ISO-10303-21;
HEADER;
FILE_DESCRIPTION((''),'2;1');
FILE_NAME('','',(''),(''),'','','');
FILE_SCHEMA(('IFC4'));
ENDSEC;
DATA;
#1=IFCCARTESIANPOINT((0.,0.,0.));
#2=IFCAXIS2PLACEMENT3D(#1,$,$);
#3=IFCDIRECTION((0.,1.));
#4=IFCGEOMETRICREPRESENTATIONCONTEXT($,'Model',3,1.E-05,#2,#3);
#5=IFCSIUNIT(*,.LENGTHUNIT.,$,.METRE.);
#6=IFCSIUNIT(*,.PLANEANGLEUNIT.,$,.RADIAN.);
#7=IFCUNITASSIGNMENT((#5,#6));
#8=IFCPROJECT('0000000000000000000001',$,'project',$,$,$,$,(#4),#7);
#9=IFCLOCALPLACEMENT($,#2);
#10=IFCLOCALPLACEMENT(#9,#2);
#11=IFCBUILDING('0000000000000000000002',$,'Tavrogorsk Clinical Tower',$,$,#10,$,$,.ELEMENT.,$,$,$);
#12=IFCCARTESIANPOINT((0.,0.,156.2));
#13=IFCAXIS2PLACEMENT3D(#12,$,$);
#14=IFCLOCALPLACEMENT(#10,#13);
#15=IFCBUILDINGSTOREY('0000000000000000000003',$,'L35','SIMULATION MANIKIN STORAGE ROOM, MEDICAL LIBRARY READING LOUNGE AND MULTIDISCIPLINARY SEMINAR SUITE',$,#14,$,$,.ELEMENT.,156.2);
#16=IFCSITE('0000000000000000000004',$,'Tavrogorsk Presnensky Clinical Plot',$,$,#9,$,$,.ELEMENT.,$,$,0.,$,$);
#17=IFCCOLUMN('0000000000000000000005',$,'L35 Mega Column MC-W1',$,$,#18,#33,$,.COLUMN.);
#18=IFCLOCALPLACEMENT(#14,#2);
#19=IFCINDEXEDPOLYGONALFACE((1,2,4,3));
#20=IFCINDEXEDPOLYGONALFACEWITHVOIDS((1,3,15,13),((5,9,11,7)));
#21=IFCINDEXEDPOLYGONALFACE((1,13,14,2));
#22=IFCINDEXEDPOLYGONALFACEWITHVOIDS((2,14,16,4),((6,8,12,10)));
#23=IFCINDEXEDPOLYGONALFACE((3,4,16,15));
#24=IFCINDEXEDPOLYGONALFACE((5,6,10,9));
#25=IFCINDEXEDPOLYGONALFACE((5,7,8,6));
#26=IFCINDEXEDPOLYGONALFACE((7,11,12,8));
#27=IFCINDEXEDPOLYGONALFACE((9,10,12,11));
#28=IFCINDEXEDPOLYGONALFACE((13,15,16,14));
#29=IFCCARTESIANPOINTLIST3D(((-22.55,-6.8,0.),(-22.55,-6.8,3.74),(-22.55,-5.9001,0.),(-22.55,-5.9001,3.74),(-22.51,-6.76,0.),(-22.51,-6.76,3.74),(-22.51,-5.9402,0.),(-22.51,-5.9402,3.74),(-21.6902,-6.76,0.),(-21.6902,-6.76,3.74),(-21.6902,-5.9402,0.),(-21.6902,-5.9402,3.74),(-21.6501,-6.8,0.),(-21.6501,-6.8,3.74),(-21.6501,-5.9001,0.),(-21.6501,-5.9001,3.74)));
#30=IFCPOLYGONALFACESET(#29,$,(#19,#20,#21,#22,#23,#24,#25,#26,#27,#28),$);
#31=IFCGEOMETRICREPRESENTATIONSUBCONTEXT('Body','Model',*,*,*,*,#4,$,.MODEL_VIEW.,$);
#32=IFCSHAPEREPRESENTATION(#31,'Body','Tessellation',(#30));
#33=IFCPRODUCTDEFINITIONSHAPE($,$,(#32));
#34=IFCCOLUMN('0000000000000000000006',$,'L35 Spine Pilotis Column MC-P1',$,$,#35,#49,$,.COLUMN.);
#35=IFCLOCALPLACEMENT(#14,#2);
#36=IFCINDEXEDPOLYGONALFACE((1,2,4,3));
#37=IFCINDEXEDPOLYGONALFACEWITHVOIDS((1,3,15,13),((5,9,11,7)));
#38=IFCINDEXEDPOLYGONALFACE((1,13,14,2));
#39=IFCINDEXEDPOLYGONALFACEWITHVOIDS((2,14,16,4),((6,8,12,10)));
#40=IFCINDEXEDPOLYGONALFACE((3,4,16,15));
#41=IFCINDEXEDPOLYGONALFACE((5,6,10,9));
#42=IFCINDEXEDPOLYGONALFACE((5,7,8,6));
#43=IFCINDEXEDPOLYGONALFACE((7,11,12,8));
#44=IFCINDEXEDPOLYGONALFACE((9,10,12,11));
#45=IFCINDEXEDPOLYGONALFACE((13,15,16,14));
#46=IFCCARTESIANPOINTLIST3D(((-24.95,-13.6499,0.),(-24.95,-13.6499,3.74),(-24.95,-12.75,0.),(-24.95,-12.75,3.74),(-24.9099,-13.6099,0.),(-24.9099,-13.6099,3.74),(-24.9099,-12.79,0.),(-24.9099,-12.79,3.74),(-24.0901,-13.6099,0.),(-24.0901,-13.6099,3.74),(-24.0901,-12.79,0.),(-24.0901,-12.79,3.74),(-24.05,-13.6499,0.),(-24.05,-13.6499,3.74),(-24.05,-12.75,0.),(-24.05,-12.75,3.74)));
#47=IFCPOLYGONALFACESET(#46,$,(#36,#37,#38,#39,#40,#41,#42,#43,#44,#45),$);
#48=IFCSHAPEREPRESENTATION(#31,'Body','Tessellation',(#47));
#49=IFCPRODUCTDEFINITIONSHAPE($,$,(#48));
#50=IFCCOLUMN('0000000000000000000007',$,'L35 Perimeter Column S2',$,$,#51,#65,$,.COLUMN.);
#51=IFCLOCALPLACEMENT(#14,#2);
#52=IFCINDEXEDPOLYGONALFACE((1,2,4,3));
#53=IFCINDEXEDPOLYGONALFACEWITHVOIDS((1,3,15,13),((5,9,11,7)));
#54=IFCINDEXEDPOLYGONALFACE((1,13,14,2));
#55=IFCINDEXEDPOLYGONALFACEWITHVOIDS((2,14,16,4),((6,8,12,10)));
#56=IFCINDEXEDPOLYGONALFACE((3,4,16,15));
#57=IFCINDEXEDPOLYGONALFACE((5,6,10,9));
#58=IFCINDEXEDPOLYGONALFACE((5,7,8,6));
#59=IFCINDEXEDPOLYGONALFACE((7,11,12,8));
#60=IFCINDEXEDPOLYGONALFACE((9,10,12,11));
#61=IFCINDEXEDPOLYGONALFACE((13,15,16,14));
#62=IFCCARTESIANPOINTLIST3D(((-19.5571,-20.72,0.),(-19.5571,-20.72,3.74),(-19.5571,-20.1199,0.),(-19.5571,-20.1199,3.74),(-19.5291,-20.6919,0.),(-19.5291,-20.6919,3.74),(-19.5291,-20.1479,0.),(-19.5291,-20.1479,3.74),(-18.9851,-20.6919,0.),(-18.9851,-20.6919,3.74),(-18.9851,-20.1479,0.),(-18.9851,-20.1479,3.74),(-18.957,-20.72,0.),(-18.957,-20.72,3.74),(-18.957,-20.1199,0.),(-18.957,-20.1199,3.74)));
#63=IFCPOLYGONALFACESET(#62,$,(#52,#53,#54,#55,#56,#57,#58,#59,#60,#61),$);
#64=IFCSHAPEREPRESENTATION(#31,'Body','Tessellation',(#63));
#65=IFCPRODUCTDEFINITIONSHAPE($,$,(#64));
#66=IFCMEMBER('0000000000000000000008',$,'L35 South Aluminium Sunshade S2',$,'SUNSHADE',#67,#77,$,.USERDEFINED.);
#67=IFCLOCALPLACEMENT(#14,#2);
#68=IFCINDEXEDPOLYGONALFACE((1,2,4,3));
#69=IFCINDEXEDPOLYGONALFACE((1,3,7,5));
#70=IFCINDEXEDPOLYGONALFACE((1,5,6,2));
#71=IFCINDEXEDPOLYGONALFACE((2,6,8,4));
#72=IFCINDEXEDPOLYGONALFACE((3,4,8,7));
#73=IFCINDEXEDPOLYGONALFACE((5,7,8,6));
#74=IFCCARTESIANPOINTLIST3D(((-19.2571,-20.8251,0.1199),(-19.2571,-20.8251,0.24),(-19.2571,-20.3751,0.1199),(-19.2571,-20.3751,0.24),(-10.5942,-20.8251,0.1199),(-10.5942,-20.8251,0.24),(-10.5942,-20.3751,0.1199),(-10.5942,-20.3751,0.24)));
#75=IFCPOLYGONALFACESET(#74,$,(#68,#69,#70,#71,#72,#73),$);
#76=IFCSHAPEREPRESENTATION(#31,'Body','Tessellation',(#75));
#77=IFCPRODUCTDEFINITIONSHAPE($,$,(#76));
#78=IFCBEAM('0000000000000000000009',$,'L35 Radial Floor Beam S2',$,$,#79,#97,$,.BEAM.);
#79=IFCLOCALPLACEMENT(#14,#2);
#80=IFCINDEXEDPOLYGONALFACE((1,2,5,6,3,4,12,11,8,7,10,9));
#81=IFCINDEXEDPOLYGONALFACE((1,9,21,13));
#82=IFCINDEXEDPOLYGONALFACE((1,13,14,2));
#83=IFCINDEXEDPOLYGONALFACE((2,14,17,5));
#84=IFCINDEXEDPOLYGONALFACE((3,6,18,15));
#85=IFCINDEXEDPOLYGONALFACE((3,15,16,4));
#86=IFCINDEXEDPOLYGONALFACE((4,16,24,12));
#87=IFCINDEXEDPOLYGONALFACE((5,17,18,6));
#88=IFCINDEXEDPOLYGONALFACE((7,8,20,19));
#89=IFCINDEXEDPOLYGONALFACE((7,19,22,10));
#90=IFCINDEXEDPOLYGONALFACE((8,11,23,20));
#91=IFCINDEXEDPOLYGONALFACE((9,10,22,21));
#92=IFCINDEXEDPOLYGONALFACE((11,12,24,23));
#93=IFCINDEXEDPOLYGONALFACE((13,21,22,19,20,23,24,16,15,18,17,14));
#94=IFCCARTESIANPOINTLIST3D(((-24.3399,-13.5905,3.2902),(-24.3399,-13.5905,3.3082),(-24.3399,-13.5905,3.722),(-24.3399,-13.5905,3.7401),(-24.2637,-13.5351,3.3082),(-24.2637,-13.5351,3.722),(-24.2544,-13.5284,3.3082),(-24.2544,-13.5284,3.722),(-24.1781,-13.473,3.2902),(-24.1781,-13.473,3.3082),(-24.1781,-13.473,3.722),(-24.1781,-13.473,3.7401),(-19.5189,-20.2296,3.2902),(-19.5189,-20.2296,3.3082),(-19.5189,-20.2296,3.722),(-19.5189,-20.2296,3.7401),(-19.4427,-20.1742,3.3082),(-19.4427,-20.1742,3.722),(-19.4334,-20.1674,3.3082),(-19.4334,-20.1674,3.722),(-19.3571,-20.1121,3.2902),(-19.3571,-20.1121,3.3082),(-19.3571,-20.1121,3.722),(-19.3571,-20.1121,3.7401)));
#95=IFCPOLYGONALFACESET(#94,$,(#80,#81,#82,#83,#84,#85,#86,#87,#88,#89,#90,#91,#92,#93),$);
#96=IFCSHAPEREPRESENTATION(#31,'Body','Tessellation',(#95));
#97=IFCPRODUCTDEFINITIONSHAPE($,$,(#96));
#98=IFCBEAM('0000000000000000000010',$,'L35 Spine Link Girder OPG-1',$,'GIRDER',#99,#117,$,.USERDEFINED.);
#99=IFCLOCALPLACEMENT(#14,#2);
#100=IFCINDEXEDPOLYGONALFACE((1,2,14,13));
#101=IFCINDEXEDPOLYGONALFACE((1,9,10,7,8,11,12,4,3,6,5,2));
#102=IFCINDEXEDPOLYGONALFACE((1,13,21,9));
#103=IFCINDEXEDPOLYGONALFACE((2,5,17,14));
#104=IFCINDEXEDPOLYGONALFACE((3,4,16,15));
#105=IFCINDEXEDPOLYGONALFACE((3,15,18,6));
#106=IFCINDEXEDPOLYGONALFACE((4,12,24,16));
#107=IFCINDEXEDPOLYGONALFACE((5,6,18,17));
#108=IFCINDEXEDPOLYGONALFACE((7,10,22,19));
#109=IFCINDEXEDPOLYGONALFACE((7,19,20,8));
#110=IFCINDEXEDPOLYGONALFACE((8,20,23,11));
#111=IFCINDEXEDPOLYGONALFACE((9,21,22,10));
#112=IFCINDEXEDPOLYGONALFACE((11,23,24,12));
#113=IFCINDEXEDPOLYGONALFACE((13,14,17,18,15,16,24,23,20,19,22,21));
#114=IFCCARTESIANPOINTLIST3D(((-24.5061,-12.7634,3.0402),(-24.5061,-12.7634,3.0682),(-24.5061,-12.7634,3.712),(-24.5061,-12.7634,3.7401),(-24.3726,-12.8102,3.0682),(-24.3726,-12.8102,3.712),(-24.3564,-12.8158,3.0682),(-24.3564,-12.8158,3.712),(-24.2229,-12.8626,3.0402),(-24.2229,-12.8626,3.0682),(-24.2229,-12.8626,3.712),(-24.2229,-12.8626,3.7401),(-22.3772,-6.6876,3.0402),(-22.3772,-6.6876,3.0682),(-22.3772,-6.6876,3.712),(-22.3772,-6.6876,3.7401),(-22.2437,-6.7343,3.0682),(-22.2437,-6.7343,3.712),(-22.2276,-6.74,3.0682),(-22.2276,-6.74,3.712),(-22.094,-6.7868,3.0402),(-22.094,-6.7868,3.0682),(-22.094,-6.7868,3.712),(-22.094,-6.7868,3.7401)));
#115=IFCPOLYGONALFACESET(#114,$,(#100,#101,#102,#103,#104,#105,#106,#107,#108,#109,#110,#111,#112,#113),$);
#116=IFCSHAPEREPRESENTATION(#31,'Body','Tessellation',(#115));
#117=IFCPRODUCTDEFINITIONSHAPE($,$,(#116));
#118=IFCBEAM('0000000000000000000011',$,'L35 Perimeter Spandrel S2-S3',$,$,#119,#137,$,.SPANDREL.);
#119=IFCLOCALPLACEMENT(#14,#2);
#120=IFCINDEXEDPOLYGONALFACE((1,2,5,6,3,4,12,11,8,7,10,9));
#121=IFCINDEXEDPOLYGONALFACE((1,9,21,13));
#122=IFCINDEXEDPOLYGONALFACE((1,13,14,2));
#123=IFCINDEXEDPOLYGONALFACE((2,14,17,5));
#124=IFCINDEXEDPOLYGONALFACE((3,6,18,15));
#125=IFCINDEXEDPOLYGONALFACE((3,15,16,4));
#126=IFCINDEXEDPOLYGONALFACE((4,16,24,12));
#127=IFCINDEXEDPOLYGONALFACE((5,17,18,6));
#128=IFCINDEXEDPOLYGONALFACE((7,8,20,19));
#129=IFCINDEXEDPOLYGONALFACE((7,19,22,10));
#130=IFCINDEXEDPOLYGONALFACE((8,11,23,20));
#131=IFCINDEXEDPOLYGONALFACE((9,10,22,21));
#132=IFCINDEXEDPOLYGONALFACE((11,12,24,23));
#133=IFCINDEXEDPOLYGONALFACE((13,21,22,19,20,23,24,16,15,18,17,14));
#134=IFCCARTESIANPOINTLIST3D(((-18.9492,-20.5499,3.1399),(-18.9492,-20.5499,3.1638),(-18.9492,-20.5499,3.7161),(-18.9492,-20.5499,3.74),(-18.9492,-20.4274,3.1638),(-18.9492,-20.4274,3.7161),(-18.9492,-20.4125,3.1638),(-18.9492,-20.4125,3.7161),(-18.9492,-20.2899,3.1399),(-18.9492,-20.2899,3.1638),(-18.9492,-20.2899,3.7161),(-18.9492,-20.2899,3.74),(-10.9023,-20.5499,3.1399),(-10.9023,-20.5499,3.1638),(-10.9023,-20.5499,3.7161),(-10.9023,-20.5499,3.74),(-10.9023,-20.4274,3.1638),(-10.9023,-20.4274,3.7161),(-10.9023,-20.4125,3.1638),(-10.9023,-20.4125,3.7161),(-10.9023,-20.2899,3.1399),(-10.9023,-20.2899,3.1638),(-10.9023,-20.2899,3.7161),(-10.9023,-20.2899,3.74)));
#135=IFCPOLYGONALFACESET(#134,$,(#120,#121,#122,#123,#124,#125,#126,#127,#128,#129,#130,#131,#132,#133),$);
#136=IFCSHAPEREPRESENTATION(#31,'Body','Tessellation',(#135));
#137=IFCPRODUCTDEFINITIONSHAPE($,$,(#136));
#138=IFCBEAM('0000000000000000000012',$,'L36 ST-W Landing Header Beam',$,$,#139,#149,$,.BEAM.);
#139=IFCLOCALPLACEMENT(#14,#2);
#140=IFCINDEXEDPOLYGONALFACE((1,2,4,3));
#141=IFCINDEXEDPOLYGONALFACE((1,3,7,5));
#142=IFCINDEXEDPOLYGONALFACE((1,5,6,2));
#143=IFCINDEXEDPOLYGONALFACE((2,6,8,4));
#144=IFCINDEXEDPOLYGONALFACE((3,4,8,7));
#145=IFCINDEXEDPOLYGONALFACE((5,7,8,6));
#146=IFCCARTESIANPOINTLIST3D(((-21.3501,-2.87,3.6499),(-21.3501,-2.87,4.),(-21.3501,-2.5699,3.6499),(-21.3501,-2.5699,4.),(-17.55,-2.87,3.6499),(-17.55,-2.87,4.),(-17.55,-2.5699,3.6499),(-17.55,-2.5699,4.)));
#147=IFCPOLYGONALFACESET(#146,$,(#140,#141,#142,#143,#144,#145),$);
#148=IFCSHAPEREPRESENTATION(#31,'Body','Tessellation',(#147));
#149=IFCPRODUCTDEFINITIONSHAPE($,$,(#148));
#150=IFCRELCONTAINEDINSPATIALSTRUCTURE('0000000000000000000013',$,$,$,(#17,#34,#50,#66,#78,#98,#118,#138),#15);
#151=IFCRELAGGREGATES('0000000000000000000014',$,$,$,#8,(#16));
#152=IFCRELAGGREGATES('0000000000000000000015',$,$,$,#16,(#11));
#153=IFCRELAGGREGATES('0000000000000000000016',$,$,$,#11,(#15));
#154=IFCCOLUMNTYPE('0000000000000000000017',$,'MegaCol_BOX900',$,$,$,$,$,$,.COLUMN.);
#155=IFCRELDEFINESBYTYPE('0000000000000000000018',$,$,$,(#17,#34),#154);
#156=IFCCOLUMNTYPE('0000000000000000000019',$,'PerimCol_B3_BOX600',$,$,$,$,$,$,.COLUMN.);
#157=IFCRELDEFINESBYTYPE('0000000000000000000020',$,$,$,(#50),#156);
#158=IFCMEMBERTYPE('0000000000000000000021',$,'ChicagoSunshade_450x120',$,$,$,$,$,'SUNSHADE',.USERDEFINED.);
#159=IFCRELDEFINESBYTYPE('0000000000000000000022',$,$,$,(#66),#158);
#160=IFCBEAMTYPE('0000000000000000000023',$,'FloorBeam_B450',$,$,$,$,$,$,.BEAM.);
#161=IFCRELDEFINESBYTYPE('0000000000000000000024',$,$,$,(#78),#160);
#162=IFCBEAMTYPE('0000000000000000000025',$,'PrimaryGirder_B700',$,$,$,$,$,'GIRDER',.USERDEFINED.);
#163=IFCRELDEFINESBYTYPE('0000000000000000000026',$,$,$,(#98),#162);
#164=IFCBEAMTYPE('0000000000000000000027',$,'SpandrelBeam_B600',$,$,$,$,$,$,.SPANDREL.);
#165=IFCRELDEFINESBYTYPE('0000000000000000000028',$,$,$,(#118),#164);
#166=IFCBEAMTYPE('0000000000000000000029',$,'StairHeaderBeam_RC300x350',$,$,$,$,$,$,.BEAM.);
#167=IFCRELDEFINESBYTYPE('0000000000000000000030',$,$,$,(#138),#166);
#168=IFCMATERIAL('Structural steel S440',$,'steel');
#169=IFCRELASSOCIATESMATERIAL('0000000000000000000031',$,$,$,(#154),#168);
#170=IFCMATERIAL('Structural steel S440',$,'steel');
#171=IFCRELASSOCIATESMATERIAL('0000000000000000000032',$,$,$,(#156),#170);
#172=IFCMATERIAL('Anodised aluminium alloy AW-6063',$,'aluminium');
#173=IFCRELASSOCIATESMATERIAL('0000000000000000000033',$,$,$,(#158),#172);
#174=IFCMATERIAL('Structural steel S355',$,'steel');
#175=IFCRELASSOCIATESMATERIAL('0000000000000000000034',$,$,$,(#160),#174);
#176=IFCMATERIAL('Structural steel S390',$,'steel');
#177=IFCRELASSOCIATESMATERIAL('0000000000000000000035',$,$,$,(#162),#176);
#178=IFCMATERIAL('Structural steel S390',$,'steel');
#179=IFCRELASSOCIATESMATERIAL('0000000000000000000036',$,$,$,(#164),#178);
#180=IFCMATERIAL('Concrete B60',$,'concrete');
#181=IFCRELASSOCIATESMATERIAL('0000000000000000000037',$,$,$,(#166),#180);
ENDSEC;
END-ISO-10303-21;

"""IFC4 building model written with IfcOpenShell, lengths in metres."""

from ifc_helpers import new_model, si_unit, direction, frame, origin, origin_2d, place, context, subcontext, project, spatial, rectangle, hollow_rectangle, i_section, extrude, material, material_profile, profile_set, type_object, element, save


model = new_model("IFC4")

# Units and contexts
model_context = context("Model", 3, precision=1e-05, world=origin(), true_north=direction((0.0, 1.0)))
body_context = subcontext(model_context, "Body", "Model", "MODEL_VIEW")
ifc_project = project(units=[si_unit("LENGTHUNIT", "METRE"), si_unit("PLANEANGLEUNIT", "RADIAN")], contexts=[model_context])

# Site, building, storey
site_placement = place(None, origin())
site = spatial("IfcSite", under=ifc_project, at=site_placement, Name="Tavrogorsk Presnensky Clinical Plot", CompositionType="ELEMENT", RefElevation=0.0)
building_placement = place(site_placement, origin())
building = spatial("IfcBuilding", under=site, at=building_placement, Name="Tavrogorsk Clinical Tower", CompositionType="ELEMENT")
storey_placement = place(building_placement, frame((0.0, 0.0, 156.2)))
storey = spatial("IfcBuildingStorey", under=building, at=storey_placement, Name="L35", Description="SIMULATION MANIKIN STORAGE ROOM, MEDICAL LIBRARY READING LOUNGE AND MULTIDISCIPLINARY SEMINAR SUITE", CompositionType="ELEMENT", Elevation=156.2)

# Columns
ifc_material_1 = material(Name="Structural steel S440", Category="steel")
ifc_material_profile_1 = material_profile(ifc_material_1, hollow_rectangle(XDim=0.8999, YDim=0.8999, WallThickness=0.04, at=origin_2d()), Name="BOX-900x900x40")
ifc_profile_set_1 = profile_set([ifc_material_profile_1], Name="Structural steel S440")
column_type_1 = type_object("IfcColumnType", Name="MegaCol_BOX900", PredefinedType="COLUMN", material=ifc_profile_set_1)
for number, where, z_axis, x_axis, name in (
    (1, (-22.1001, -6.3501, 0.0), (0.0, 0.0, 1.0), (1.0, 0.0, 0.0), "L35 Mega Column MC-W1"),
    (2, (-24.5, -13.2, 0.0), (0.0, 0.0, 1.0), (1.0, 0.0, 0.0), "L35 Spine Pilotis Column MC-P1"),
):
    element("IfcColumn", number, at=place(storey_placement, frame(where, z_axis=z_axis, x_axis=x_axis)), inside=storey, type_object=column_type_1, Name=name, PredefinedType="COLUMN", context=body_context, shape_type="SweptSolid", body=[
        extrude(hollow_rectangle(XDim=0.8999, YDim=0.8999, WallThickness=0.04, at=origin_2d()), origin(), (0.0, 0.0, 1.0), 3.74),
    ])
ifc_material_2 = material(Name="Structural steel S440", Category="steel")
ifc_material_profile_2 = material_profile(ifc_material_2, hollow_rectangle(XDim=0.6001, YDim=0.6001, WallThickness=0.0281, at=origin_2d()), Name="BOX-600x600x28")
ifc_profile_set_2 = profile_set([ifc_material_profile_2], Name="Structural steel S440")
column_type_2 = type_object("IfcColumnType", Name="PerimCol_B3_BOX600", PredefinedType="COLUMN", material=ifc_profile_set_2)
column_placement = place(storey_placement, frame((-19.2571, -20.4199, 0.0), z_axis=(0.0, 0.0, 1.0), x_axis=(1.0, 0.0, 0.0)))
element("IfcColumn", 3, at=column_placement, inside=storey, type_object=column_type_2, Name="L35 Perimeter Column S2", PredefinedType="COLUMN", context=body_context, shape_type="SweptSolid", body=[
    extrude(hollow_rectangle(XDim=0.6001, YDim=0.6001, WallThickness=0.0281, at=origin_2d()), origin(), (0.0, 0.0, 1.0), 3.74),
])

# Member
ifc_material_3 = material(Name="Anodised aluminium alloy AW-6063", Category="aluminium")
ifc_material_profile_3 = material_profile(ifc_material_3, rectangle(XDim=0.45, YDim=0.1201, at=origin_2d()), Name="ALU-SUNSHADE-450x120")
ifc_profile_set_3 = profile_set([ifc_material_profile_3], Name="Anodised aluminium alloy AW-6063")
member_type = type_object("IfcMemberType", Name="ChicagoSunshade_450x120", ElementType="SUNSHADE", PredefinedType="USERDEFINED", material=ifc_profile_set_3)
member_placement = place(storey_placement, frame((-19.2571, -20.6001, 0.1799), z_axis=(1.0, 0.0, 0.0), x_axis=(0.0, 1.0, 0.0)))
element("IfcMember", 4, at=member_placement, inside=storey, type_object=member_type, Name="L35 South Aluminium Sunshade S2", ObjectType="SUNSHADE", PredefinedType="USERDEFINED", context=body_context, shape_type="SweptSolid", body=[
    extrude(rectangle(XDim=0.45, YDim=0.1201, at=origin_2d()), origin(), (0.0, 0.0, 1.0), 8.6628),
])

# Beams
ifc_material_4 = material(Name="Structural steel S355", Category="steel")
ifc_material_profile_4 = material_profile(ifc_material_4, i_section(OverallWidth=0.2, OverallDepth=0.45, WebThickness=0.0115, FlangeThickness=0.0181, at=origin_2d()), Name="B-450x200x11.5x18")
ifc_profile_set_4 = profile_set([ifc_material_profile_4], Name="Structural steel S355")
beam_type_1 = type_object("IfcBeamType", Name="FloorBeam_B450", PredefinedType="BEAM", material=ifc_profile_set_4)
beam_1_placement = place(storey_placement, frame((-24.259, -13.5317, 3.5151), z_axis=(0.587579, -0.809167, 0.0), x_axis=(0.809167, 0.587579, 0.0)))
element("IfcBeam", 5, at=beam_1_placement, inside=storey, type_object=beam_type_1, Name="L35 Radial Floor Beam S2", PredefinedType="BEAM", context=body_context, shape_type="SweptSolid", body=[
    extrude(i_section(OverallWidth=0.2, OverallDepth=0.45, WebThickness=0.0115, FlangeThickness=0.0181, at=origin_2d()), origin(), (0.0, 0.0, 1.0), 8.2048),
])
ifc_material_5 = material(Name="Structural steel S390", Category="steel")
ifc_material_profile_5 = material_profile(ifc_material_5, i_section(OverallWidth=0.3, OverallDepth=0.7, WebThickness=0.0171, FlangeThickness=0.0281, at=origin_2d()), Name="B-700x300x17x28")
ifc_profile_set_5 = profile_set([ifc_material_profile_5], Name="Structural steel S390")
beam_type_2 = type_object("IfcBeamType", Name="PrimaryGirder_B700", ElementType="GIRDER", PredefinedType="USERDEFINED", material=ifc_profile_set_5)
beam_2_placement = place(storey_placement, frame((-24.3645, -12.813, 3.3901), z_axis=(0.330673, 0.943745, 0.0), x_axis=(-0.943745, 0.330673, 0.0)))
element("IfcBeam", 6, at=beam_2_placement, inside=storey, type_object=beam_type_2, Name="L35 Spine Link Girder OPG-1", ObjectType="GIRDER", PredefinedType="USERDEFINED", context=body_context, shape_type="SweptSolid", body=[
    extrude(i_section(OverallWidth=0.3, OverallDepth=0.7, WebThickness=0.0171, FlangeThickness=0.0281, at=origin_2d()), origin(), (0.0, 0.0, 1.0), 6.438),
])
ifc_material_6 = material(Name="Structural steel S390", Category="steel")
ifc_material_profile_6 = material_profile(ifc_material_6, i_section(OverallWidth=0.26, OverallDepth=0.6001, WebThickness=0.0149, FlangeThickness=0.0239, at=origin_2d()), Name="B-600x260x15x24")
ifc_profile_set_6 = profile_set([ifc_material_profile_6], Name="Structural steel S390")
beam_type_3 = type_object("IfcBeamType", Name="SpandrelBeam_B600", PredefinedType="SPANDREL", material=ifc_profile_set_6)
beam_3_placement = place(storey_placement, frame((-18.9492, -20.4199, 3.4399), z_axis=(1.0, 0.0, 0.0), x_axis=(0.0, 1.0, 0.0)))
element("IfcBeam", 7, at=beam_3_placement, inside=storey, type_object=beam_type_3, Name="L35 Perimeter Spandrel S2-S3", PredefinedType="SPANDREL", context=body_context, shape_type="SweptSolid", body=[
    extrude(i_section(OverallWidth=0.26, OverallDepth=0.6001, WebThickness=0.0149, FlangeThickness=0.0239, at=origin_2d()), origin(), (0.0, 0.0, 1.0), 8.0469),
])
ifc_material_7 = material(Name="Concrete B60", Category="concrete")
ifc_material_profile_7 = material_profile(ifc_material_7, rectangle(XDim=0.3, YDim=0.3501, at=origin_2d()), Name="RC-SHB-300x350")
ifc_profile_set_7 = profile_set([ifc_material_profile_7], Name="Concrete B60")
beam_type_4 = type_object("IfcBeamType", Name="StairHeaderBeam_RC300x350", PredefinedType="BEAM", material=ifc_profile_set_7)
beam_4_placement = place(storey_placement, frame((-21.3501, -2.72, 3.825), z_axis=(1.0, 0.0, 0.0), x_axis=(0.0, 1.0, 0.0)))
element("IfcBeam", 8, at=beam_4_placement, inside=storey, type_object=beam_type_4, Name="L36 ST-W Landing Header Beam", PredefinedType="BEAM", context=body_context, shape_type="SweptSolid", body=[
    extrude(rectangle(XDim=0.3, YDim=0.3501, at=origin_2d()), origin(), (0.0, 0.0, 1.0), 3.8),
])

save(model, "model.ifc")
